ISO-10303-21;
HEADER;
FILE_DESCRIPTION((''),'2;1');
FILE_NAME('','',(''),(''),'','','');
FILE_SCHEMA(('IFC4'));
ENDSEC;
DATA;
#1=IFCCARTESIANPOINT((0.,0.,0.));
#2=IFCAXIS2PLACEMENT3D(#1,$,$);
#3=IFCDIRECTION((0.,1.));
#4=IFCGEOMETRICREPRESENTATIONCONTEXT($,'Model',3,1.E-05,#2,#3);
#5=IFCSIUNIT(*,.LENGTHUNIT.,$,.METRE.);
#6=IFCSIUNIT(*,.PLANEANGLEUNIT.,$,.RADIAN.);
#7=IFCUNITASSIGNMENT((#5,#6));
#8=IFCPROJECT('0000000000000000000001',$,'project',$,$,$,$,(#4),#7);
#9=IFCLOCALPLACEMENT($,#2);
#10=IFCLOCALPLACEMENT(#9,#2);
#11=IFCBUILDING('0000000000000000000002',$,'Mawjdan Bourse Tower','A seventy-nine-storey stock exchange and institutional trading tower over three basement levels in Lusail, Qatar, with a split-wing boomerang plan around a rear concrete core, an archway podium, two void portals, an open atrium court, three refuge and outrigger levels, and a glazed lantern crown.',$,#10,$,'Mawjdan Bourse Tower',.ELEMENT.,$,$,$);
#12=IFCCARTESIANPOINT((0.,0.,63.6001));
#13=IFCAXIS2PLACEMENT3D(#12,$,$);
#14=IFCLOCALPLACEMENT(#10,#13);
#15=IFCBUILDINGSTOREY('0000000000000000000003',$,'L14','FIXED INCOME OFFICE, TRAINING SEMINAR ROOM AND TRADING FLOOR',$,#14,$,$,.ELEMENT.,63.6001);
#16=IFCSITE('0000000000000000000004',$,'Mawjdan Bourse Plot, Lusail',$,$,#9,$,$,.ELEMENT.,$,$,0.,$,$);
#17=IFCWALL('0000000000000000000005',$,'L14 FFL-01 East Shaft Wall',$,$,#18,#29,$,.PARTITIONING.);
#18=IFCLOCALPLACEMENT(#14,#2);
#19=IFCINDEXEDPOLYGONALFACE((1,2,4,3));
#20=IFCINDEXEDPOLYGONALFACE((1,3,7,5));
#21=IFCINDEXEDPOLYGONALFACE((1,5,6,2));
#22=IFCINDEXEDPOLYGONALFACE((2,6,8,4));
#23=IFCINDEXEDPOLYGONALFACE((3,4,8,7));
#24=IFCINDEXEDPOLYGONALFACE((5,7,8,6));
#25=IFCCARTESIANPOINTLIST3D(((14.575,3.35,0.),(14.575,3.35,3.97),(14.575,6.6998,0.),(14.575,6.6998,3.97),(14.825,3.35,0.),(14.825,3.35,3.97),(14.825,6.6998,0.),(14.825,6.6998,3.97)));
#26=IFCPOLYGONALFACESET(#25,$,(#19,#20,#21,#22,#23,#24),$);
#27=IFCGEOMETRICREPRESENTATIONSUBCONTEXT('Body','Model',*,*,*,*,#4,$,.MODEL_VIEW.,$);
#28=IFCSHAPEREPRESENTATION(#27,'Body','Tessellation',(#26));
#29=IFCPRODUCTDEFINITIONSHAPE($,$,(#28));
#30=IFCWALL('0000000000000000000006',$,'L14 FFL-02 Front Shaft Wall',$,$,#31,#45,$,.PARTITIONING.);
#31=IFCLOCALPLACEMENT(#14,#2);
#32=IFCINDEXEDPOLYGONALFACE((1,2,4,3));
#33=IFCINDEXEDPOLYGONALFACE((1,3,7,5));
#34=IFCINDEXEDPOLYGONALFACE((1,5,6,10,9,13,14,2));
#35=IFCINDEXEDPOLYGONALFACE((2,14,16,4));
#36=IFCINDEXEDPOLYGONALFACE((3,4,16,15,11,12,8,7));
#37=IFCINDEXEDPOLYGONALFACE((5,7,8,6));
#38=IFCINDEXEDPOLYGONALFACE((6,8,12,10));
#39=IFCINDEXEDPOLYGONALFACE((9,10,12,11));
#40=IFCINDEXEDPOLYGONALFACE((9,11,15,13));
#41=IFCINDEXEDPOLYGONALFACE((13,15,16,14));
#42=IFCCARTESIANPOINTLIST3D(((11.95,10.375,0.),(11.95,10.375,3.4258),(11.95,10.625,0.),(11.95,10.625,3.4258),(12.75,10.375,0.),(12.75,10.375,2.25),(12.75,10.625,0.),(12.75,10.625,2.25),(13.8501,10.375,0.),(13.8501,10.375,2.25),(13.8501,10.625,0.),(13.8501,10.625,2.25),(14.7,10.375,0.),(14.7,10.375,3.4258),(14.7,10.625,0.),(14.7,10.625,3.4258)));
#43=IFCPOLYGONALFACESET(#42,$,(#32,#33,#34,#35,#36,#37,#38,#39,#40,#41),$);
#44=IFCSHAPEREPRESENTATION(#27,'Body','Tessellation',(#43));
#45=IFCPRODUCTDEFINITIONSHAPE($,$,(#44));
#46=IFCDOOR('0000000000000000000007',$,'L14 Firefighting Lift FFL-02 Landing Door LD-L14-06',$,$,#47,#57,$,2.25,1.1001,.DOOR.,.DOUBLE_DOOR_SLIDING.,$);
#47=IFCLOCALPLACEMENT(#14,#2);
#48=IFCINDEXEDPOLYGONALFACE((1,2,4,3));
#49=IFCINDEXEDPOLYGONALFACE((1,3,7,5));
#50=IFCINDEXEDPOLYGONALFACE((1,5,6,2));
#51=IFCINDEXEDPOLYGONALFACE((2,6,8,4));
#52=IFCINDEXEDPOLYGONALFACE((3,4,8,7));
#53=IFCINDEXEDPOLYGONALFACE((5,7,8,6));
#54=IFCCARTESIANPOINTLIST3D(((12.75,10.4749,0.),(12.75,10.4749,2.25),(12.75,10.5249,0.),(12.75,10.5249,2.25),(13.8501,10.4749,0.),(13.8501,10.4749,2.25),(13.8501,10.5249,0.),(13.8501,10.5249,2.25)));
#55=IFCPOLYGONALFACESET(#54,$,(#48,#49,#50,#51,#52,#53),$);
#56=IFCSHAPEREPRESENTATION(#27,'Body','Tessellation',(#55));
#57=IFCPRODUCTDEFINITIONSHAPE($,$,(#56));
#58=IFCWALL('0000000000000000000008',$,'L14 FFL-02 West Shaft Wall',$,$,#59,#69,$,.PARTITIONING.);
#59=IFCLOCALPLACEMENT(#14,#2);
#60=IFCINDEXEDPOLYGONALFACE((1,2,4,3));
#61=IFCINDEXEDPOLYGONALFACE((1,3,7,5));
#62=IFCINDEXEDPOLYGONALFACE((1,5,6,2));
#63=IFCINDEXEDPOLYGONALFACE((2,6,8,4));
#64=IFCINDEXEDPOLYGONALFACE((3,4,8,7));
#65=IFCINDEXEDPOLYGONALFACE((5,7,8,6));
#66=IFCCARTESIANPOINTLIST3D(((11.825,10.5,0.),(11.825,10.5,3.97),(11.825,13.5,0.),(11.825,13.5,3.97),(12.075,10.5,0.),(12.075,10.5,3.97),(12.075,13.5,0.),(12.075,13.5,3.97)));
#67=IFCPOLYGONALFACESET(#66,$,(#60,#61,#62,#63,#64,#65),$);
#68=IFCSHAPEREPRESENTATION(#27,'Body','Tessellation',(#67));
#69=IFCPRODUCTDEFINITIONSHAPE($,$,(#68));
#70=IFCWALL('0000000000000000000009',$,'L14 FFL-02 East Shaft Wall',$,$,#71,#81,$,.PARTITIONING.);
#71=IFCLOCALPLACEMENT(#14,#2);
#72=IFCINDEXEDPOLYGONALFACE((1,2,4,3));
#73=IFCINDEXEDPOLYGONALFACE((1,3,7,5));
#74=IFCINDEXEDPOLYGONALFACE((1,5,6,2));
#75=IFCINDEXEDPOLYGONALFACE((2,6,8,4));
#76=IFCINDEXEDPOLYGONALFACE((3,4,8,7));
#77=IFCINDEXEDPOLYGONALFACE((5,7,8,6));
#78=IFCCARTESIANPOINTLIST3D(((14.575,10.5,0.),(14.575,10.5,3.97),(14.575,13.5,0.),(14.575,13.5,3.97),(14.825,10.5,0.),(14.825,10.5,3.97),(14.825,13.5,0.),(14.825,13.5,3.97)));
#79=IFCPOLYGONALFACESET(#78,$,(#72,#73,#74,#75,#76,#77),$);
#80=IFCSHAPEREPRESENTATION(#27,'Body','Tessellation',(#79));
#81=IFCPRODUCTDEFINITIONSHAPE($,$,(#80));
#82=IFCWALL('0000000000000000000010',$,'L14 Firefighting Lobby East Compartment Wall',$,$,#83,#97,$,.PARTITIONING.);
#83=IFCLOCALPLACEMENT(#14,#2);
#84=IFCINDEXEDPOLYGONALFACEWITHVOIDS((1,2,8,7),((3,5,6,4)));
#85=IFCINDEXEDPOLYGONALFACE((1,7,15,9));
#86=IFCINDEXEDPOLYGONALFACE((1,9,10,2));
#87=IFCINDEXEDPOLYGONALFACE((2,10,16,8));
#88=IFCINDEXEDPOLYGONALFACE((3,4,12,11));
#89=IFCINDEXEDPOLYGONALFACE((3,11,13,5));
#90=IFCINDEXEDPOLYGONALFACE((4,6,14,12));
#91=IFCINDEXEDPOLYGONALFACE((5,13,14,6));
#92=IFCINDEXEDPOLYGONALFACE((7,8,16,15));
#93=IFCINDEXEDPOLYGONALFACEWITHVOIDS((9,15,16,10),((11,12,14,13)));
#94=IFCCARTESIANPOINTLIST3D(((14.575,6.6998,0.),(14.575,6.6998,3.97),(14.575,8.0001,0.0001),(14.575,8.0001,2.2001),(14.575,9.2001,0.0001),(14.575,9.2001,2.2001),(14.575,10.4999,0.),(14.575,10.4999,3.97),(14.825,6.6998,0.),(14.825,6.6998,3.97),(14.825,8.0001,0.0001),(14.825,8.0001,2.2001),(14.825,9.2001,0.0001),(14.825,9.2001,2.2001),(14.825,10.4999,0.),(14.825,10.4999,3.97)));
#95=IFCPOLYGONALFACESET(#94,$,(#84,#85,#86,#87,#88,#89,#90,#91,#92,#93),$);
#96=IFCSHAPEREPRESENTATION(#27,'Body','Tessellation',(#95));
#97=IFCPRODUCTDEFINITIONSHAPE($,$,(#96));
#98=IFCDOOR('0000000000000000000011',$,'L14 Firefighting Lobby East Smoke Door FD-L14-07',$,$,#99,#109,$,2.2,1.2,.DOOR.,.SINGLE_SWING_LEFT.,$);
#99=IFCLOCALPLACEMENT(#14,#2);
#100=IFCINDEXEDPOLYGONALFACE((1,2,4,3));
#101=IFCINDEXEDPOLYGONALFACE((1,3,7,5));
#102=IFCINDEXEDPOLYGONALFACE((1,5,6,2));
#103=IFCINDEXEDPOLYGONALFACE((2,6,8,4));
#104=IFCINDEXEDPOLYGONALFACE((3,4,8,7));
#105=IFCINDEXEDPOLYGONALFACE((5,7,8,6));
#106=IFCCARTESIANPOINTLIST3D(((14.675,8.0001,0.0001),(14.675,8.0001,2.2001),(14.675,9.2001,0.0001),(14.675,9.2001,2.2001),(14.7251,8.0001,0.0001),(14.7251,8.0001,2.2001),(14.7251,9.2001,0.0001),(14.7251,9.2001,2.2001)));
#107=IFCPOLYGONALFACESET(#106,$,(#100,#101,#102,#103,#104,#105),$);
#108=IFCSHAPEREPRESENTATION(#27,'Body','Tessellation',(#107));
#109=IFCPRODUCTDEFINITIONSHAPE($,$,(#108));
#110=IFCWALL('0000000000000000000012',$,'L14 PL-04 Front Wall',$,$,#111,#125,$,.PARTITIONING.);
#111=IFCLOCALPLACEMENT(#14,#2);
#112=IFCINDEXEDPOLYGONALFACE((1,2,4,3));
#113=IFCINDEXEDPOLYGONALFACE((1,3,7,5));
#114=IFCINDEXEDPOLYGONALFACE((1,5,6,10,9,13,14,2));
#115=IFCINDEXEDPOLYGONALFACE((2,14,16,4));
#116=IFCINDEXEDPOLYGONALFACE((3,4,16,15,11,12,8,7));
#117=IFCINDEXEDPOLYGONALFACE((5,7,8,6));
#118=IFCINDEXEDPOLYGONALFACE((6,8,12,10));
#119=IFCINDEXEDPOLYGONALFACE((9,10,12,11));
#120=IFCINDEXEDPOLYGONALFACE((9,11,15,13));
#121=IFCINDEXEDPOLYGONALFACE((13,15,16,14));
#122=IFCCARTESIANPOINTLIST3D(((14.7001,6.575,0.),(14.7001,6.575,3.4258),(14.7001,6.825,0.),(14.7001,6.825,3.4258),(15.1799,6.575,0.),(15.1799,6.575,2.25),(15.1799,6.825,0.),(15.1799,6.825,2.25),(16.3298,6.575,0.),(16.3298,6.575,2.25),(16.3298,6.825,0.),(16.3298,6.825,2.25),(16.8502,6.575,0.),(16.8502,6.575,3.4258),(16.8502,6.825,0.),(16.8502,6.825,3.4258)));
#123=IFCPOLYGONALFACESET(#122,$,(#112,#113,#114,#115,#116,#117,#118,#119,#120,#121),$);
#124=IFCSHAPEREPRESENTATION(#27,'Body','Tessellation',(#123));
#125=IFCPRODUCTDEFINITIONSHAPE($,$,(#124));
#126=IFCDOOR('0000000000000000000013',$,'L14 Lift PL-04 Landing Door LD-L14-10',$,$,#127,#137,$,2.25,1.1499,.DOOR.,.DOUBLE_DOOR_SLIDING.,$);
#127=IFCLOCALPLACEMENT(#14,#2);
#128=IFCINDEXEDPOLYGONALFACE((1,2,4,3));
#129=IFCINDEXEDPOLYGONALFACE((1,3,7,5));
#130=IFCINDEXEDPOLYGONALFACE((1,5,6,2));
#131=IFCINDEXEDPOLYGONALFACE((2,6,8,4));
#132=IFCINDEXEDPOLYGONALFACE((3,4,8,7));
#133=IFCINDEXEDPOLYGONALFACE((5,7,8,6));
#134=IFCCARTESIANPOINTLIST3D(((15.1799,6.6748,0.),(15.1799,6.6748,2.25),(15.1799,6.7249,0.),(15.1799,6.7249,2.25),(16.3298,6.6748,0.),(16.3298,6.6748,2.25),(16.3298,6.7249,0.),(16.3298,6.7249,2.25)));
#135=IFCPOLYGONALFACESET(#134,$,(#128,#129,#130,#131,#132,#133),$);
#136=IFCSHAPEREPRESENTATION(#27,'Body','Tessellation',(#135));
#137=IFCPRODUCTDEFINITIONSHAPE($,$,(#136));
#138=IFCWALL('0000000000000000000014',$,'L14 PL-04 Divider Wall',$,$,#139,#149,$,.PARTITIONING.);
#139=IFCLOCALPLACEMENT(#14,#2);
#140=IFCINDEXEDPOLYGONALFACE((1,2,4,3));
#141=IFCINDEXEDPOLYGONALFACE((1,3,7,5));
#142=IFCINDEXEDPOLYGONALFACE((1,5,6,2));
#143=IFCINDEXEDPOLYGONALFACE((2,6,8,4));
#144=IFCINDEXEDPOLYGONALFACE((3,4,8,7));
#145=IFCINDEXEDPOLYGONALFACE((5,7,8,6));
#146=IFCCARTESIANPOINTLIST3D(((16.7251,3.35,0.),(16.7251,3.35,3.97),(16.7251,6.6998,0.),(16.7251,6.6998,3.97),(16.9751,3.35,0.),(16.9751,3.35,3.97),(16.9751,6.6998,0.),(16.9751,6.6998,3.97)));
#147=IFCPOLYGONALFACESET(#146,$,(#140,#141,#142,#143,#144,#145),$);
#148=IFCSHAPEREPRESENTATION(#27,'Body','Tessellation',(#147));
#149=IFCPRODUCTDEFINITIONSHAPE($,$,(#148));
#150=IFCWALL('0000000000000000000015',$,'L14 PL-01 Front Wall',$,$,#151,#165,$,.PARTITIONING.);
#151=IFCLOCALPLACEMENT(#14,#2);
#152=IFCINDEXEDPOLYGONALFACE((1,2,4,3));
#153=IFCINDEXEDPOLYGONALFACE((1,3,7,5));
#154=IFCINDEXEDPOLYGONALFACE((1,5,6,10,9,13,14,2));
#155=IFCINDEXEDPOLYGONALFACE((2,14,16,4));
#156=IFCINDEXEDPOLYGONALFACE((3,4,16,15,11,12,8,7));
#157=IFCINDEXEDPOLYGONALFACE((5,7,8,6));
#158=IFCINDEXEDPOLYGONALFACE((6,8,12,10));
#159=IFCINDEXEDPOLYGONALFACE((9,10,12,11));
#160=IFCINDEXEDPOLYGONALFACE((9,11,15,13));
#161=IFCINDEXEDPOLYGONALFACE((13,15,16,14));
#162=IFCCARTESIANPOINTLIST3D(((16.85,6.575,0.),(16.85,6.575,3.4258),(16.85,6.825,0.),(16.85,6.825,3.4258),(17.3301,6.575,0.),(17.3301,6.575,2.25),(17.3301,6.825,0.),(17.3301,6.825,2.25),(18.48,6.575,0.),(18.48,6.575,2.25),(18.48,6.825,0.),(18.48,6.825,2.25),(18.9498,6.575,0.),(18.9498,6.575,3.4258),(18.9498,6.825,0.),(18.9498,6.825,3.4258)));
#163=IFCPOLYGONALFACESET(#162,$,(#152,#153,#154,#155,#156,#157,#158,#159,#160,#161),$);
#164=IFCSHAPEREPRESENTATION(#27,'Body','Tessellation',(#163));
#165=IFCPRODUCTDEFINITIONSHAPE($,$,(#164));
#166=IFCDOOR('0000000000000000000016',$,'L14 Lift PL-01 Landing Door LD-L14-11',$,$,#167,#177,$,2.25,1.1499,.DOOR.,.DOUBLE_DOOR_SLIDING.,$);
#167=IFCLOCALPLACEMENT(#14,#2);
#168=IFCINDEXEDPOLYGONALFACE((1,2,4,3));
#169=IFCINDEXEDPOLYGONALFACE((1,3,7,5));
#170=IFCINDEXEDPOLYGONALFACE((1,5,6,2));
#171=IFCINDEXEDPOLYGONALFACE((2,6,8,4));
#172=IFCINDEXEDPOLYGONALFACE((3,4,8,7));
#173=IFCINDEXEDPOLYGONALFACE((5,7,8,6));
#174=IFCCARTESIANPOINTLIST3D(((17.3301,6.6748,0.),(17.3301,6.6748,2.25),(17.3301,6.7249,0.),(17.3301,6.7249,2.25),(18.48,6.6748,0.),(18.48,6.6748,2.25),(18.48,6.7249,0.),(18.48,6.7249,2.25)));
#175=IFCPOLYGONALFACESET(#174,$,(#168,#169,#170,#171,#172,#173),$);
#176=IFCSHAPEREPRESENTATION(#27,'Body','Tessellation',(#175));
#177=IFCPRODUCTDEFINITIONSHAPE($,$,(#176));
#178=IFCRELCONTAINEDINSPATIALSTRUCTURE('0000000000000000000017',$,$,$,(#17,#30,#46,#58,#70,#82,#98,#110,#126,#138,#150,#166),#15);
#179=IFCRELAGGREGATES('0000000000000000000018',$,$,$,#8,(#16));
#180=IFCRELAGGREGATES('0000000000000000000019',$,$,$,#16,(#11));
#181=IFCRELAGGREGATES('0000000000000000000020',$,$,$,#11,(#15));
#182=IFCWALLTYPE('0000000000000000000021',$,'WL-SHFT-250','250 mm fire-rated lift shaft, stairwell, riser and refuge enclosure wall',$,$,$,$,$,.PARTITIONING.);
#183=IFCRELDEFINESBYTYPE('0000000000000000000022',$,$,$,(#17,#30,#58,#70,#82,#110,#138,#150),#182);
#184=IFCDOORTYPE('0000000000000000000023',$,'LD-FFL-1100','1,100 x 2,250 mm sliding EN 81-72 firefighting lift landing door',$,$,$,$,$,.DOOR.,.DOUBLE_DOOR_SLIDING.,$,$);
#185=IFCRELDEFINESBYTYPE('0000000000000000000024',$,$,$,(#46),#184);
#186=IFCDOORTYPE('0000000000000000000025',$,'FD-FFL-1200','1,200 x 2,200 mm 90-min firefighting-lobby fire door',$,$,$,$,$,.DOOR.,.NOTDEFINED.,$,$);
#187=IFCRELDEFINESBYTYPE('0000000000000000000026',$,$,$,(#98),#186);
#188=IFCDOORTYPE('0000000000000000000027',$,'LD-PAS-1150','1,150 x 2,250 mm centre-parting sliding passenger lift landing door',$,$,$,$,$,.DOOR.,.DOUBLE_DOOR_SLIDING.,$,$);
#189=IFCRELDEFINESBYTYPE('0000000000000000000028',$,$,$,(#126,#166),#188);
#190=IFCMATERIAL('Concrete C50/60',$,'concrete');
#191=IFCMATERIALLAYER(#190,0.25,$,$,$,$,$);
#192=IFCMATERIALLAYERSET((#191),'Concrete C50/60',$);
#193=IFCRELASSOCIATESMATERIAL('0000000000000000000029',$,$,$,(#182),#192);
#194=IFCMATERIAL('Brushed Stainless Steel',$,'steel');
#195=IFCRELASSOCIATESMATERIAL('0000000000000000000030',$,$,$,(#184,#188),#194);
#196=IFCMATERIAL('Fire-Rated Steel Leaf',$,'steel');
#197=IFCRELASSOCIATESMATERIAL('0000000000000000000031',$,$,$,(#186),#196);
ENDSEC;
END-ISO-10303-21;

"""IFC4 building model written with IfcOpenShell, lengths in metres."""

from ifc_helpers import new_model, si_unit, direction, frame, frame_2d, origin, place, context, subcontext, project, spatial, rectangle, extrude, material, layer, layer_set, type_object, element, fill, save


model = new_model("IFC4")

# Units and contexts
model_context = context("Model", 3, precision=1e-05, world=origin(), true_north=direction((0.0, 1.0)))
body_context = subcontext(model_context, "Body", "Model", "MODEL_VIEW")
ifc_project = project(units=[si_unit("LENGTHUNIT", "METRE"), si_unit("PLANEANGLEUNIT", "RADIAN")], contexts=[model_context])

# Site, building, storey
site_placement = place(None, origin())
site = spatial("IfcSite", under=ifc_project, at=site_placement, Name="Mawjdan Bourse Plot, Lusail", CompositionType="ELEMENT", RefElevation=0.0)
building_placement = place(site_placement, origin())
building = spatial("IfcBuilding", under=site, at=building_placement, Name="Mawjdan Bourse Tower", Description="A seventy-nine-storey stock exchange and institutional trading tower over three basement levels in Lusail, Qatar, with a split-wing boomerang plan around a rear concrete core, an archway podium, two void portals, an open atrium court, three refuge and outrigger levels, and a glazed lantern crown.", LongName="Mawjdan Bourse Tower", CompositionType="ELEMENT")
storey_placement = place(building_placement, frame((0.0, 0.0, 63.6001)))
storey = spatial("IfcBuildingStorey", under=building, at=storey_placement, Name="L14", Description="FIXED INCOME OFFICE, TRAINING SEMINAR ROOM AND TRADING FLOOR", CompositionType="ELEMENT", Elevation=63.6001)

# Shared definitions
ifc_material_1 = material(Name="Concrete C50/60", Category="concrete")
ifc_layer = layer(ifc_material_1, 0.25)
ifc_layer_set = layer_set([ifc_layer], Name="Concrete C50/60")
wall_type = type_object("IfcWallType", Name="WL-SHFT-250", Description="250 mm fire-rated lift shaft, stairwell, riser and refuge enclosure wall", PredefinedType="PARTITIONING", material=ifc_layer_set)

# Shared definitions
ifc_material_2 = material(Name="Brushed Stainless Steel", Category="steel")
door_type_1 = type_object("IfcDoorType", Name="LD-FFL-1100", Description="1,100 x 2,250 mm sliding EN 81-72 firefighting lift landing door", OperationType="DOUBLE_DOOR_SLIDING", PredefinedType="DOOR", material=ifc_material_2)

# Wall
wall_1_placement = place(storey_placement, frame((14.7, 3.3501, 0.0), z_axis=(0.0, 0.0, 1.0), x_axis=(0.0, 1.0, 0.0)))
element("IfcWall", 1, at=wall_1_placement, inside=storey, type_object=wall_type, Name="L14 FFL-01 East Shaft Wall", PredefinedType="PARTITIONING", context=body_context, shape_type="SweptSolid", body=[
    extrude(rectangle(XDim=3.3499, YDim=0.25, at=frame_2d((1.6748, 0.0))), origin(), (0.0, 0.0, 1.0), 3.97),
])

# Wall, opening, door
wall_2_placement = place(storey_placement, frame((11.95, 10.5, 0.0), z_axis=(0.0, 0.0, 1.0), x_axis=(1.0, 0.0, 0.0)))
wall_2 = element("IfcWall", 2, at=wall_2_placement, inside=storey, type_object=wall_type, Name="L14 FFL-02 Front Shaft Wall", PredefinedType="PARTITIONING", context=body_context, shape_type="SweptSolid", body=[
    extrude(rectangle(XDim=2.75, YDim=0.25, at=frame_2d((1.375, 0.0))), origin(), (0.0, 0.0, 1.0), 3.4258),
])
opening_1_placement = place(wall_2_placement, frame((0.8, 0.0, 0.0)))
opening_1 = element("IfcOpeningElement", 3, at=opening_1_placement, cuts=wall_2, PredefinedType="OPENING", context=body_context, shape_type="SweptSolid", body=[
    extrude(rectangle(XDim=1.1001, YDim=2.25, at=frame_2d((0.55, 1.125))), frame((0.0, 0.135, 0.0), z_axis=(0.0, -1.0, 0.0), x_axis=(1.0, 0.0, 0.0)), (0.0, 0.0, 1.0), 0.27),
])
door_1_placement = place(opening_1_placement, origin())
door_1 = element("IfcDoor", 4, at=door_1_placement, inside=storey, type_object=door_type_1, Name="L14 Firefighting Lift FFL-02 Landing Door LD-L14-06", OperationType="DOUBLE_DOOR_SLIDING", OverallHeight=2.25, OverallWidth=1.1001, PredefinedType="DOOR", context=body_context, shape_type="SweptSolid", body=[
    extrude(rectangle(XDim=1.1001, YDim=2.25, at=frame_2d((0.55, 1.125))), frame((0.0, 0.0249, 0.0), z_axis=(0.0, -1.0, 0.0), x_axis=(1.0, 0.0, 0.0)), (0.0, 0.0, 1.0), 0.05),
])
fill(opening_1, door_1)

# Walls
for number, where, z_axis, x_axis, name in (
    (5, (11.95, 10.5, 0.0), (0.0, 0.0, 1.0), (0.0, 1.0, 0.0), "L14 FFL-02 West Shaft Wall"),
    (6, (14.7, 10.5, 0.0), (0.0, 0.0, 1.0), (0.0, 1.0, 0.0), "L14 FFL-02 East Shaft Wall"),
):
    element("IfcWall", number, at=place(storey_placement, frame(where, z_axis=z_axis, x_axis=x_axis)), inside=storey, type_object=wall_type, Name=name, PredefinedType="PARTITIONING", context=body_context, shape_type="SweptSolid", body=[
        extrude(rectangle(XDim=3.0, YDim=0.25, at=frame_2d((1.5, 0.0))), origin(), (0.0, 0.0, 1.0), 3.97),
    ])

# Walls, openings, doors
wall_3_placement = place(storey_placement, frame((14.7, 6.7, 0.0), z_axis=(0.0, 0.0, 1.0), x_axis=(0.0, 1.0, 0.0)))
wall_3 = element("IfcWall", 7, at=wall_3_placement, inside=storey, type_object=wall_type, Name="L14 Firefighting Lobby East Compartment Wall", PredefinedType="PARTITIONING", context=body_context, shape_type="SweptSolid", body=[
    extrude(rectangle(XDim=3.8, YDim=0.25, at=frame_2d((1.8999, 0.0))), origin(), (0.0, 0.0, 1.0), 3.97),
])
opening_2_placement = place(wall_3_placement, frame((1.3, 0.0, 0.0)))
opening_2 = element("IfcOpeningElement", 8, at=opening_2_placement, cuts=wall_3, PredefinedType="OPENING", context=body_context, shape_type="SweptSolid", body=[
    extrude(rectangle(XDim=1.2, YDim=2.2, at=frame_2d((0.6001, 1.1001))), frame((0.0, 0.135, 0.0), z_axis=(0.0, -1.0, 0.0), x_axis=(1.0, 0.0, 0.0)), (0.0, 0.0, 1.0), 0.27),
])
ifc_material_3 = material(Name="Fire-Rated Steel Leaf", Category="steel")
door_type_2 = type_object("IfcDoorType", Name="FD-FFL-1200", Description="1,200 x 2,200 mm 90-min firefighting-lobby fire door", OperationType="NOTDEFINED", PredefinedType="DOOR", material=ifc_material_3)
door_2_placement = place(opening_2_placement, origin())
door_2 = element("IfcDoor", 9, at=door_2_placement, inside=storey, type_object=door_type_2, Name="L14 Firefighting Lobby East Smoke Door FD-L14-07", OperationType="SINGLE_SWING_LEFT", OverallHeight=2.2, OverallWidth=1.2, PredefinedType="DOOR", context=body_context, shape_type="SweptSolid", body=[
    extrude(rectangle(XDim=1.2, YDim=2.2, at=frame_2d((0.6001, 1.1001))), frame((0.0, 0.0249, 0.0), z_axis=(0.0, -1.0, 0.0), x_axis=(1.0, 0.0, 0.0)), (0.0, 0.0, 1.0), 0.05),
])
fill(opening_2, door_2)
wall_4_placement = place(storey_placement, frame((14.7, 6.7, 0.0), z_axis=(0.0, 0.0, 1.0), x_axis=(1.0, 0.0, 0.0)))
wall_4 = element("IfcWall", 10, at=wall_4_placement, inside=storey, type_object=wall_type, Name="L14 PL-04 Front Wall", PredefinedType="PARTITIONING", context=body_context, shape_type="SweptSolid", body=[
    extrude(rectangle(XDim=2.1501, YDim=0.25, at=frame_2d((1.0752, 0.0))), origin(), (0.0, 0.0, 1.0), 3.4258),
])
opening_3_placement = place(wall_4_placement, frame((0.48, 0.0, 0.0)))
opening_3 = element("IfcOpeningElement", 11, at=opening_3_placement, cuts=wall_4, PredefinedType="OPENING", context=body_context, shape_type="SweptSolid", body=[
    extrude(rectangle(XDim=1.1499, YDim=2.25, at=frame_2d((0.575, 1.125))), frame((0.0, 0.135, 0.0), z_axis=(0.0, -1.0, 0.0), x_axis=(1.0, 0.0, 0.0)), (0.0, 0.0, 1.0), 0.27),
])
door_type_3 = type_object("IfcDoorType", Name="LD-PAS-1150", Description="1,150 x 2,250 mm centre-parting sliding passenger lift landing door", OperationType="DOUBLE_DOOR_SLIDING", PredefinedType="DOOR", material=ifc_material_2)
door_3_placement = place(opening_3_placement, origin())
door_3 = element("IfcDoor", 12, at=door_3_placement, inside=storey, type_object=door_type_3, Name="L14 Lift PL-04 Landing Door LD-L14-10", OperationType="DOUBLE_DOOR_SLIDING", OverallHeight=2.25, OverallWidth=1.1499, PredefinedType="DOOR", context=body_context, shape_type="SweptSolid", body=[
    extrude(rectangle(XDim=1.1499, YDim=2.25, at=frame_2d((0.575, 1.125))), frame((0.0, 0.0249, 0.0), z_axis=(0.0, -1.0, 0.0), x_axis=(1.0, 0.0, 0.0)), (0.0, 0.0, 1.0), 0.05),
])
fill(opening_3, door_3)

# Wall
wall_5_placement = place(storey_placement, frame((16.8501, 3.3501, 0.0), z_axis=(0.0, 0.0, 1.0), x_axis=(0.0, 1.0, 0.0)))
element("IfcWall", 13, at=wall_5_placement, inside=storey, type_object=wall_type, Name="L14 PL-04 Divider Wall", PredefinedType="PARTITIONING", context=body_context, shape_type="SweptSolid", body=[
    extrude(rectangle(XDim=3.3499, YDim=0.25, at=frame_2d((1.6748, 0.0))), origin(), (0.0, 0.0, 1.0), 3.97),
])

# Wall, opening, door
wall_6_placement = place(storey_placement, frame((16.8501, 6.7, 0.0), z_axis=(0.0, 0.0, 1.0), x_axis=(1.0, 0.0, 0.0)))
wall_6 = element("IfcWall", 14, at=wall_6_placement, inside=storey, type_object=wall_type, Name="L14 PL-01 Front Wall", PredefinedType="PARTITIONING", context=body_context, shape_type="SweptSolid", body=[
    extrude(rectangle(XDim=2.0999, YDim=0.25, at=frame_2d((1.0498, 0.0))), origin(), (0.0, 0.0, 1.0), 3.4258),
])
opening_4_placement = place(wall_6_placement, frame((0.48, 0.0, 0.0)))
opening_4 = element("IfcOpeningElement", 15, at=opening_4_placement, cuts=wall_6, PredefinedType="OPENING", context=body_context, shape_type="SweptSolid", body=[
    extrude(rectangle(XDim=1.1499, YDim=2.25, at=frame_2d((0.575, 1.125))), frame((0.0, 0.135, 0.0), z_axis=(0.0, -1.0, 0.0), x_axis=(1.0, 0.0, 0.0)), (0.0, 0.0, 1.0), 0.27),
])
door_4_placement = place(opening_4_placement, origin())
door_4 = element("IfcDoor", 16, at=door_4_placement, inside=storey, type_object=door_type_3, Name="L14 Lift PL-01 Landing Door LD-L14-11", OperationType="DOUBLE_DOOR_SLIDING", OverallHeight=2.25, OverallWidth=1.1499, PredefinedType="DOOR", context=body_context, shape_type="SweptSolid", body=[
    extrude(rectangle(XDim=1.1499, YDim=2.25, at=frame_2d((0.575, 1.125))), frame((0.0, 0.0249, 0.0), z_axis=(0.0, -1.0, 0.0), x_axis=(1.0, 0.0, 0.0)), (0.0, 0.0, 1.0), 0.05),
])
fill(opening_4, door_4)

save(model, "model.ifc")
